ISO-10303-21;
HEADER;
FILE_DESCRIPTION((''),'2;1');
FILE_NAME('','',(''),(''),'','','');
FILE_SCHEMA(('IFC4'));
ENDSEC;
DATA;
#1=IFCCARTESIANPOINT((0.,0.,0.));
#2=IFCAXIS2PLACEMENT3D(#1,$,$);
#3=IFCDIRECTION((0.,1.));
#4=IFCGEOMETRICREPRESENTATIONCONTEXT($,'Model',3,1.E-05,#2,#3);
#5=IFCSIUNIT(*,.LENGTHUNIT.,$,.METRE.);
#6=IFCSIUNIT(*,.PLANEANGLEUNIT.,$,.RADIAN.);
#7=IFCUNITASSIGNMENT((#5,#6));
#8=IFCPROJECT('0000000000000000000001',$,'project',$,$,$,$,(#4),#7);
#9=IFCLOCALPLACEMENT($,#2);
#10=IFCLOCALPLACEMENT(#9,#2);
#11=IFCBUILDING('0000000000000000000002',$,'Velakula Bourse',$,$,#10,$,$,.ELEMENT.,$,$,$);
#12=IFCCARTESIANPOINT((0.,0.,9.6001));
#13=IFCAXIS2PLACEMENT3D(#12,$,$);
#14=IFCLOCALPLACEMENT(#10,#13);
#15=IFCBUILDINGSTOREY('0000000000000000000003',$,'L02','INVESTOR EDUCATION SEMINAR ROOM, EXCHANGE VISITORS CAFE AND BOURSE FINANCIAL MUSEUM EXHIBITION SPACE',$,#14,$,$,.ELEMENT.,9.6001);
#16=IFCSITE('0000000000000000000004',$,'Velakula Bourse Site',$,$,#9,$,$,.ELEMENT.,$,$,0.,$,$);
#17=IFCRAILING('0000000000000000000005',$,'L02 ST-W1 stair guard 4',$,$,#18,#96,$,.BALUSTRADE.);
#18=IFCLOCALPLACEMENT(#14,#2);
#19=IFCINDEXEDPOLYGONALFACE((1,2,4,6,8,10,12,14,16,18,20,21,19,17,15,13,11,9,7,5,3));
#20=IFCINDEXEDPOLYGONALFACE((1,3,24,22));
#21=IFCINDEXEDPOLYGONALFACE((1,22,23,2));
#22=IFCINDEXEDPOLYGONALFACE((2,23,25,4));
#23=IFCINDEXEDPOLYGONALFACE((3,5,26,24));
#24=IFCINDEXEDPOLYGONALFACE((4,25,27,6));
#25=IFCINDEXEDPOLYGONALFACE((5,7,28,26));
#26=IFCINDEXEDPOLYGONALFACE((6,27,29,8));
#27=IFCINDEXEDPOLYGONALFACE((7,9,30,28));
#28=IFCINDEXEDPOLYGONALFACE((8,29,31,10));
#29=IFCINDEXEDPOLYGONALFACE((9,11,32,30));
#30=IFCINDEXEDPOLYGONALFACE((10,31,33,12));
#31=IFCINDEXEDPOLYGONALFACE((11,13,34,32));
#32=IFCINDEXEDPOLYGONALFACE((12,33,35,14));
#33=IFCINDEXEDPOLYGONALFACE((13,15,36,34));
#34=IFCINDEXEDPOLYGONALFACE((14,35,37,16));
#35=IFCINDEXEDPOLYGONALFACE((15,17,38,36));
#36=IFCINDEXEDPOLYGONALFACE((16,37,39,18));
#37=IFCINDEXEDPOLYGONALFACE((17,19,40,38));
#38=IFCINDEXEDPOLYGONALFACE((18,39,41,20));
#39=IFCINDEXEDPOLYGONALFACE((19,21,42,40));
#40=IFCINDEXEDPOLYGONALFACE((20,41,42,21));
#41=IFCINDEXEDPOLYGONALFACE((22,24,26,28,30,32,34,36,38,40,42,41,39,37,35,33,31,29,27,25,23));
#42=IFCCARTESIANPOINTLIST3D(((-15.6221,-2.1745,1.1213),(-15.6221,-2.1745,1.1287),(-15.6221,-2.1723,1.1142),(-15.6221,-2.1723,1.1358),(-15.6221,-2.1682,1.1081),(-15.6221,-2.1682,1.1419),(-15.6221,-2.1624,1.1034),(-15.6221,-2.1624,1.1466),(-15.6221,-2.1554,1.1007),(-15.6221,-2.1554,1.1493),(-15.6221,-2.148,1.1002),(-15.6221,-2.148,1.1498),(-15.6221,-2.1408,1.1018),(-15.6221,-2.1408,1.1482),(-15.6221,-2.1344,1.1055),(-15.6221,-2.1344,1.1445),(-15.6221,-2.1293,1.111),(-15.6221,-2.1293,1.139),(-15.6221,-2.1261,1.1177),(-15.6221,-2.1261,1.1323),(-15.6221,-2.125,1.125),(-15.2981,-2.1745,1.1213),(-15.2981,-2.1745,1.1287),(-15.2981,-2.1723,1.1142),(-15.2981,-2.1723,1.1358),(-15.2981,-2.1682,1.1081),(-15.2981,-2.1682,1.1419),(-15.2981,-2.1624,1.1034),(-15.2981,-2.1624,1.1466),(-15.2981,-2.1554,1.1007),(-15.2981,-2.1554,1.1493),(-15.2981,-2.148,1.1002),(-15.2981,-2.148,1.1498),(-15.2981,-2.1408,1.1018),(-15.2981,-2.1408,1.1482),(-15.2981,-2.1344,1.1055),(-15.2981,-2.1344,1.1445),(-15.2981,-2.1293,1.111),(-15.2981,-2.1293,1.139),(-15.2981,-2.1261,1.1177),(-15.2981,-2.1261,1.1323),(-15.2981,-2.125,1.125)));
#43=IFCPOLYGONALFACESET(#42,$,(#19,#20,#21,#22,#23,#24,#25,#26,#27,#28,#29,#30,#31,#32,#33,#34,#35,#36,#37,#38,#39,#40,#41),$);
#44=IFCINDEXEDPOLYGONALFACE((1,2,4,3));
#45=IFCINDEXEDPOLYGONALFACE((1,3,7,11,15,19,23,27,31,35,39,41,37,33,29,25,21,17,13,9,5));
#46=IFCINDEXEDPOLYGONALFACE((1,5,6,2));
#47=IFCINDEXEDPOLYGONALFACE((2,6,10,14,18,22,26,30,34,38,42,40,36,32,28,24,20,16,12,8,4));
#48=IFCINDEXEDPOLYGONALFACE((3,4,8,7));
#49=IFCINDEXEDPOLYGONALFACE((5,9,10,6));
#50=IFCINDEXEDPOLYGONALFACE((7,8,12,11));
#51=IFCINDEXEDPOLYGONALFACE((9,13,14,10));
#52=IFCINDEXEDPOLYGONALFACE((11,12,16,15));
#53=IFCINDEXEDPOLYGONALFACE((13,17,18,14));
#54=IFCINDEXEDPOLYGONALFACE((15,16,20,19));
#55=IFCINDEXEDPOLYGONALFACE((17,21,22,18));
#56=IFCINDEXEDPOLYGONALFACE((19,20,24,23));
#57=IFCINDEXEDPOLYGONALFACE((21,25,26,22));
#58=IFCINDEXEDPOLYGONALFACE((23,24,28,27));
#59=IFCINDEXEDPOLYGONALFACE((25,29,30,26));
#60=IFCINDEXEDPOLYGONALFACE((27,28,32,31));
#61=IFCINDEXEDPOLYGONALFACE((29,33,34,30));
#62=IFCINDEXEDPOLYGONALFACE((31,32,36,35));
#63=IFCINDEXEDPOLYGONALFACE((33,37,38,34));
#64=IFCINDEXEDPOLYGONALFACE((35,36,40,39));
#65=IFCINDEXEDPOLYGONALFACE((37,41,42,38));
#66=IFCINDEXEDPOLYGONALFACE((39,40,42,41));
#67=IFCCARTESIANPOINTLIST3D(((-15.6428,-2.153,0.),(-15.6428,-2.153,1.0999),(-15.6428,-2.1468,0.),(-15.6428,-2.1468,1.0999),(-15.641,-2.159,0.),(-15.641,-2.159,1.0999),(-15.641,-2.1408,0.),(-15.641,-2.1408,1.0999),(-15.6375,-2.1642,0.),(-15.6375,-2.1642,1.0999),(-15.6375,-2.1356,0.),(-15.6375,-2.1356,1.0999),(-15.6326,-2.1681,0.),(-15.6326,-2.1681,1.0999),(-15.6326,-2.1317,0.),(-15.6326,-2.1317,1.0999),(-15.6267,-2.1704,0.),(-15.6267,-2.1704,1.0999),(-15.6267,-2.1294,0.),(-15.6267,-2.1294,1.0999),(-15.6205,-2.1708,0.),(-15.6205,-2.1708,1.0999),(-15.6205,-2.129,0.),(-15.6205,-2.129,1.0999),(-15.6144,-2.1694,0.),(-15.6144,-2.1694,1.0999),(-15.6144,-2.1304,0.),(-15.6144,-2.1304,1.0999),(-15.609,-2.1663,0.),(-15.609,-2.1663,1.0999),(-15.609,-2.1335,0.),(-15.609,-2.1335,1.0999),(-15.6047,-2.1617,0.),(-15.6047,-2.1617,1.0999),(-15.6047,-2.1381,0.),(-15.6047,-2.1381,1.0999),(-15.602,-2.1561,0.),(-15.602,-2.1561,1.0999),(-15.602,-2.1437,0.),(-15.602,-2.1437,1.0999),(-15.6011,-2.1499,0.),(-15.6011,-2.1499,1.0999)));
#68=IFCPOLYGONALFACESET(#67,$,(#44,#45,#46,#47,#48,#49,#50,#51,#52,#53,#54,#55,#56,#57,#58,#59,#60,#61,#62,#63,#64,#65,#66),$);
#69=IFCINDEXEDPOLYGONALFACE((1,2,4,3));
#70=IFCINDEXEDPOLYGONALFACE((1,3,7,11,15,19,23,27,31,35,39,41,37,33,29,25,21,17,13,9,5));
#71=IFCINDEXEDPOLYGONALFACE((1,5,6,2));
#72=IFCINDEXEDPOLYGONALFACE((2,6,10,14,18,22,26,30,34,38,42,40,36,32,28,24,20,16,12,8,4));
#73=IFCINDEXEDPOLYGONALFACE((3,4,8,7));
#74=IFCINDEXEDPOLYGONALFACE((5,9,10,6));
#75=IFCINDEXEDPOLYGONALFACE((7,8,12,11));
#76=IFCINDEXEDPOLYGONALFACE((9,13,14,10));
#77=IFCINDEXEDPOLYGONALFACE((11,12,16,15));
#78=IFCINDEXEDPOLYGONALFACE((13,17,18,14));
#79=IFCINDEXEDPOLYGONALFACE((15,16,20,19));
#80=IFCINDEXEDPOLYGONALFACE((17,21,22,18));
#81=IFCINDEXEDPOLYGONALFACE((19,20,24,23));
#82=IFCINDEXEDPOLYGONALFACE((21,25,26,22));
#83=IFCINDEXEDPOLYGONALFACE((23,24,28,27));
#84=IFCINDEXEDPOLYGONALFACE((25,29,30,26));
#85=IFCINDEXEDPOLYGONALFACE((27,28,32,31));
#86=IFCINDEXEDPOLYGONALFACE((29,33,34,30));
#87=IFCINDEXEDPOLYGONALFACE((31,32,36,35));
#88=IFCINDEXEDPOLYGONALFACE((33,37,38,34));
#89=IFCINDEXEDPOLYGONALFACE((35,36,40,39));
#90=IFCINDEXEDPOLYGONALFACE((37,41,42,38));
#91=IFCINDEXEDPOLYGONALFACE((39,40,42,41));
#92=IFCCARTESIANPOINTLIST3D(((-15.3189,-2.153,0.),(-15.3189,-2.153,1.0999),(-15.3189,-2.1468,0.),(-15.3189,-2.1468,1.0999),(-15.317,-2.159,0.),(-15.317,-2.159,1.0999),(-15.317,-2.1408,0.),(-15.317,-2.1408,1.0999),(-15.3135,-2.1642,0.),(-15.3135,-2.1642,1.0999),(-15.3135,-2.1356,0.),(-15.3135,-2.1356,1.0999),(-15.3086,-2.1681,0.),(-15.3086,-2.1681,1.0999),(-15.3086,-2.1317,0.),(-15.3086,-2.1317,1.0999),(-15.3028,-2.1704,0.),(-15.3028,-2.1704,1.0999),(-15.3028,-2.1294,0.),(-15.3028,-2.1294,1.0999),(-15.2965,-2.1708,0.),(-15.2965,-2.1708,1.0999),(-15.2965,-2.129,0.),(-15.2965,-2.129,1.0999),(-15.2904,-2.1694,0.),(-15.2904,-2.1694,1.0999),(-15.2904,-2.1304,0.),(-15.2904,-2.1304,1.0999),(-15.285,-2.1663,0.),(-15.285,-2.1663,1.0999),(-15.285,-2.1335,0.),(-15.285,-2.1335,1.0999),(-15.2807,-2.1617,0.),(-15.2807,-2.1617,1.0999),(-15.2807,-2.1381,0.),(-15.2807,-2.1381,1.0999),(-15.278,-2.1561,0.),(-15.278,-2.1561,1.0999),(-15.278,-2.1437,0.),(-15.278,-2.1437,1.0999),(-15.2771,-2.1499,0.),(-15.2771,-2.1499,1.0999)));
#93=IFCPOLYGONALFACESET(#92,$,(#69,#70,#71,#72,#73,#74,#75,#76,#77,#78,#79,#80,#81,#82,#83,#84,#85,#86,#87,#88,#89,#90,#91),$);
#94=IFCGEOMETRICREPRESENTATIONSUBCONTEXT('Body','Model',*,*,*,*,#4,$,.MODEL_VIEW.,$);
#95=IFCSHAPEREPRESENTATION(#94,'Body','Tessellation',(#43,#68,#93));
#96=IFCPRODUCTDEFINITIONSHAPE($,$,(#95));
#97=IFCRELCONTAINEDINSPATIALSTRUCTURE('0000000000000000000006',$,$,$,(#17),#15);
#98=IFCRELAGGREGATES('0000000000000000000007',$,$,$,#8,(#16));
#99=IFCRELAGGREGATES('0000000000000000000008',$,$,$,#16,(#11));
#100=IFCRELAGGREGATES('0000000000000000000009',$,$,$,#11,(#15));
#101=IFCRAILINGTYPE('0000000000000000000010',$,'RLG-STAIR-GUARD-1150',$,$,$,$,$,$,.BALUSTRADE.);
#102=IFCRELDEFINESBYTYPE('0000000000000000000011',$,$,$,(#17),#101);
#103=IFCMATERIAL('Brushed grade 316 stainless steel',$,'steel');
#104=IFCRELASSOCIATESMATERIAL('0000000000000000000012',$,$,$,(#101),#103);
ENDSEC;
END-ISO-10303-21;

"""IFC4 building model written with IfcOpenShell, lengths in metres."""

from ifc_helpers import new_model, si_unit, direction, frame, origin, origin_2d, place, context, subcontext, project, spatial, circle, extrude, material, type_object, element, save


model = new_model("IFC4")

# Units and contexts
model_context = context("Model", 3, precision=1e-05, world=origin(), true_north=direction((0.0, 1.0)))
body_context = subcontext(model_context, "Body", "Model", "MODEL_VIEW")
ifc_project = project(units=[si_unit("LENGTHUNIT", "METRE"), si_unit("PLANEANGLEUNIT", "RADIAN")], contexts=[model_context])

# Site, building, storey
site_placement = place(None, origin())
site = spatial("IfcSite", under=ifc_project, at=site_placement, Name="Velakula Bourse Site", CompositionType="ELEMENT", RefElevation=0.0)
building_placement = place(site_placement, origin())
building = spatial("IfcBuilding", under=site, at=building_placement, Name="Velakula Bourse", CompositionType="ELEMENT")
storey_placement = place(building_placement, frame((0.0, 0.0, 9.6001)))
storey = spatial("IfcBuildingStorey", under=building, at=storey_placement, Name="L02", Description="INVESTOR EDUCATION SEMINAR ROOM, EXCHANGE VISITORS CAFE AND BOURSE FINANCIAL MUSEUM EXHIBITION SPACE", CompositionType="ELEMENT", Elevation=9.6001)

# Shared definitions
ifc_material_1 = material(Name="Brushed grade 316 stainless steel", Category="steel")

# Railing
railing_type_1 = type_object("IfcRailingType", Name="RLG-STAIR-GUARD-1150", PredefinedType="BALUSTRADE", material=ifc_material_1)
railing_1_placement = place(storey_placement, frame((-15.6221, -2.1499, 0.0)))
element("IfcRailing", 1, at=railing_1_placement, inside=storey, type_object=railing_type_1, Name="L02 ST-W1 stair guard 4", PredefinedType="BALUSTRADE", context=body_context, shape_type="SweptSolid", body=[
    extrude(circle(Radius=0.0249, at=origin_2d()), frame((0.0, 0.0, 1.125), z_axis=(1.0, 0.0, 0.0), x_axis=(0.0, 1.0, 0.0)), (0.0, 0.0, 1.0), 0.324),
    extrude(circle(Radius=0.021, at=origin_2d()), origin(), (0.0, 0.0, 1.0), 1.0999),
    extrude(circle(Radius=0.021, at=origin_2d()), frame((0.324, 0.0, 0.0)), (0.0, 0.0, 1.0), 1.0999),
])

save(model, "model.ifc")
